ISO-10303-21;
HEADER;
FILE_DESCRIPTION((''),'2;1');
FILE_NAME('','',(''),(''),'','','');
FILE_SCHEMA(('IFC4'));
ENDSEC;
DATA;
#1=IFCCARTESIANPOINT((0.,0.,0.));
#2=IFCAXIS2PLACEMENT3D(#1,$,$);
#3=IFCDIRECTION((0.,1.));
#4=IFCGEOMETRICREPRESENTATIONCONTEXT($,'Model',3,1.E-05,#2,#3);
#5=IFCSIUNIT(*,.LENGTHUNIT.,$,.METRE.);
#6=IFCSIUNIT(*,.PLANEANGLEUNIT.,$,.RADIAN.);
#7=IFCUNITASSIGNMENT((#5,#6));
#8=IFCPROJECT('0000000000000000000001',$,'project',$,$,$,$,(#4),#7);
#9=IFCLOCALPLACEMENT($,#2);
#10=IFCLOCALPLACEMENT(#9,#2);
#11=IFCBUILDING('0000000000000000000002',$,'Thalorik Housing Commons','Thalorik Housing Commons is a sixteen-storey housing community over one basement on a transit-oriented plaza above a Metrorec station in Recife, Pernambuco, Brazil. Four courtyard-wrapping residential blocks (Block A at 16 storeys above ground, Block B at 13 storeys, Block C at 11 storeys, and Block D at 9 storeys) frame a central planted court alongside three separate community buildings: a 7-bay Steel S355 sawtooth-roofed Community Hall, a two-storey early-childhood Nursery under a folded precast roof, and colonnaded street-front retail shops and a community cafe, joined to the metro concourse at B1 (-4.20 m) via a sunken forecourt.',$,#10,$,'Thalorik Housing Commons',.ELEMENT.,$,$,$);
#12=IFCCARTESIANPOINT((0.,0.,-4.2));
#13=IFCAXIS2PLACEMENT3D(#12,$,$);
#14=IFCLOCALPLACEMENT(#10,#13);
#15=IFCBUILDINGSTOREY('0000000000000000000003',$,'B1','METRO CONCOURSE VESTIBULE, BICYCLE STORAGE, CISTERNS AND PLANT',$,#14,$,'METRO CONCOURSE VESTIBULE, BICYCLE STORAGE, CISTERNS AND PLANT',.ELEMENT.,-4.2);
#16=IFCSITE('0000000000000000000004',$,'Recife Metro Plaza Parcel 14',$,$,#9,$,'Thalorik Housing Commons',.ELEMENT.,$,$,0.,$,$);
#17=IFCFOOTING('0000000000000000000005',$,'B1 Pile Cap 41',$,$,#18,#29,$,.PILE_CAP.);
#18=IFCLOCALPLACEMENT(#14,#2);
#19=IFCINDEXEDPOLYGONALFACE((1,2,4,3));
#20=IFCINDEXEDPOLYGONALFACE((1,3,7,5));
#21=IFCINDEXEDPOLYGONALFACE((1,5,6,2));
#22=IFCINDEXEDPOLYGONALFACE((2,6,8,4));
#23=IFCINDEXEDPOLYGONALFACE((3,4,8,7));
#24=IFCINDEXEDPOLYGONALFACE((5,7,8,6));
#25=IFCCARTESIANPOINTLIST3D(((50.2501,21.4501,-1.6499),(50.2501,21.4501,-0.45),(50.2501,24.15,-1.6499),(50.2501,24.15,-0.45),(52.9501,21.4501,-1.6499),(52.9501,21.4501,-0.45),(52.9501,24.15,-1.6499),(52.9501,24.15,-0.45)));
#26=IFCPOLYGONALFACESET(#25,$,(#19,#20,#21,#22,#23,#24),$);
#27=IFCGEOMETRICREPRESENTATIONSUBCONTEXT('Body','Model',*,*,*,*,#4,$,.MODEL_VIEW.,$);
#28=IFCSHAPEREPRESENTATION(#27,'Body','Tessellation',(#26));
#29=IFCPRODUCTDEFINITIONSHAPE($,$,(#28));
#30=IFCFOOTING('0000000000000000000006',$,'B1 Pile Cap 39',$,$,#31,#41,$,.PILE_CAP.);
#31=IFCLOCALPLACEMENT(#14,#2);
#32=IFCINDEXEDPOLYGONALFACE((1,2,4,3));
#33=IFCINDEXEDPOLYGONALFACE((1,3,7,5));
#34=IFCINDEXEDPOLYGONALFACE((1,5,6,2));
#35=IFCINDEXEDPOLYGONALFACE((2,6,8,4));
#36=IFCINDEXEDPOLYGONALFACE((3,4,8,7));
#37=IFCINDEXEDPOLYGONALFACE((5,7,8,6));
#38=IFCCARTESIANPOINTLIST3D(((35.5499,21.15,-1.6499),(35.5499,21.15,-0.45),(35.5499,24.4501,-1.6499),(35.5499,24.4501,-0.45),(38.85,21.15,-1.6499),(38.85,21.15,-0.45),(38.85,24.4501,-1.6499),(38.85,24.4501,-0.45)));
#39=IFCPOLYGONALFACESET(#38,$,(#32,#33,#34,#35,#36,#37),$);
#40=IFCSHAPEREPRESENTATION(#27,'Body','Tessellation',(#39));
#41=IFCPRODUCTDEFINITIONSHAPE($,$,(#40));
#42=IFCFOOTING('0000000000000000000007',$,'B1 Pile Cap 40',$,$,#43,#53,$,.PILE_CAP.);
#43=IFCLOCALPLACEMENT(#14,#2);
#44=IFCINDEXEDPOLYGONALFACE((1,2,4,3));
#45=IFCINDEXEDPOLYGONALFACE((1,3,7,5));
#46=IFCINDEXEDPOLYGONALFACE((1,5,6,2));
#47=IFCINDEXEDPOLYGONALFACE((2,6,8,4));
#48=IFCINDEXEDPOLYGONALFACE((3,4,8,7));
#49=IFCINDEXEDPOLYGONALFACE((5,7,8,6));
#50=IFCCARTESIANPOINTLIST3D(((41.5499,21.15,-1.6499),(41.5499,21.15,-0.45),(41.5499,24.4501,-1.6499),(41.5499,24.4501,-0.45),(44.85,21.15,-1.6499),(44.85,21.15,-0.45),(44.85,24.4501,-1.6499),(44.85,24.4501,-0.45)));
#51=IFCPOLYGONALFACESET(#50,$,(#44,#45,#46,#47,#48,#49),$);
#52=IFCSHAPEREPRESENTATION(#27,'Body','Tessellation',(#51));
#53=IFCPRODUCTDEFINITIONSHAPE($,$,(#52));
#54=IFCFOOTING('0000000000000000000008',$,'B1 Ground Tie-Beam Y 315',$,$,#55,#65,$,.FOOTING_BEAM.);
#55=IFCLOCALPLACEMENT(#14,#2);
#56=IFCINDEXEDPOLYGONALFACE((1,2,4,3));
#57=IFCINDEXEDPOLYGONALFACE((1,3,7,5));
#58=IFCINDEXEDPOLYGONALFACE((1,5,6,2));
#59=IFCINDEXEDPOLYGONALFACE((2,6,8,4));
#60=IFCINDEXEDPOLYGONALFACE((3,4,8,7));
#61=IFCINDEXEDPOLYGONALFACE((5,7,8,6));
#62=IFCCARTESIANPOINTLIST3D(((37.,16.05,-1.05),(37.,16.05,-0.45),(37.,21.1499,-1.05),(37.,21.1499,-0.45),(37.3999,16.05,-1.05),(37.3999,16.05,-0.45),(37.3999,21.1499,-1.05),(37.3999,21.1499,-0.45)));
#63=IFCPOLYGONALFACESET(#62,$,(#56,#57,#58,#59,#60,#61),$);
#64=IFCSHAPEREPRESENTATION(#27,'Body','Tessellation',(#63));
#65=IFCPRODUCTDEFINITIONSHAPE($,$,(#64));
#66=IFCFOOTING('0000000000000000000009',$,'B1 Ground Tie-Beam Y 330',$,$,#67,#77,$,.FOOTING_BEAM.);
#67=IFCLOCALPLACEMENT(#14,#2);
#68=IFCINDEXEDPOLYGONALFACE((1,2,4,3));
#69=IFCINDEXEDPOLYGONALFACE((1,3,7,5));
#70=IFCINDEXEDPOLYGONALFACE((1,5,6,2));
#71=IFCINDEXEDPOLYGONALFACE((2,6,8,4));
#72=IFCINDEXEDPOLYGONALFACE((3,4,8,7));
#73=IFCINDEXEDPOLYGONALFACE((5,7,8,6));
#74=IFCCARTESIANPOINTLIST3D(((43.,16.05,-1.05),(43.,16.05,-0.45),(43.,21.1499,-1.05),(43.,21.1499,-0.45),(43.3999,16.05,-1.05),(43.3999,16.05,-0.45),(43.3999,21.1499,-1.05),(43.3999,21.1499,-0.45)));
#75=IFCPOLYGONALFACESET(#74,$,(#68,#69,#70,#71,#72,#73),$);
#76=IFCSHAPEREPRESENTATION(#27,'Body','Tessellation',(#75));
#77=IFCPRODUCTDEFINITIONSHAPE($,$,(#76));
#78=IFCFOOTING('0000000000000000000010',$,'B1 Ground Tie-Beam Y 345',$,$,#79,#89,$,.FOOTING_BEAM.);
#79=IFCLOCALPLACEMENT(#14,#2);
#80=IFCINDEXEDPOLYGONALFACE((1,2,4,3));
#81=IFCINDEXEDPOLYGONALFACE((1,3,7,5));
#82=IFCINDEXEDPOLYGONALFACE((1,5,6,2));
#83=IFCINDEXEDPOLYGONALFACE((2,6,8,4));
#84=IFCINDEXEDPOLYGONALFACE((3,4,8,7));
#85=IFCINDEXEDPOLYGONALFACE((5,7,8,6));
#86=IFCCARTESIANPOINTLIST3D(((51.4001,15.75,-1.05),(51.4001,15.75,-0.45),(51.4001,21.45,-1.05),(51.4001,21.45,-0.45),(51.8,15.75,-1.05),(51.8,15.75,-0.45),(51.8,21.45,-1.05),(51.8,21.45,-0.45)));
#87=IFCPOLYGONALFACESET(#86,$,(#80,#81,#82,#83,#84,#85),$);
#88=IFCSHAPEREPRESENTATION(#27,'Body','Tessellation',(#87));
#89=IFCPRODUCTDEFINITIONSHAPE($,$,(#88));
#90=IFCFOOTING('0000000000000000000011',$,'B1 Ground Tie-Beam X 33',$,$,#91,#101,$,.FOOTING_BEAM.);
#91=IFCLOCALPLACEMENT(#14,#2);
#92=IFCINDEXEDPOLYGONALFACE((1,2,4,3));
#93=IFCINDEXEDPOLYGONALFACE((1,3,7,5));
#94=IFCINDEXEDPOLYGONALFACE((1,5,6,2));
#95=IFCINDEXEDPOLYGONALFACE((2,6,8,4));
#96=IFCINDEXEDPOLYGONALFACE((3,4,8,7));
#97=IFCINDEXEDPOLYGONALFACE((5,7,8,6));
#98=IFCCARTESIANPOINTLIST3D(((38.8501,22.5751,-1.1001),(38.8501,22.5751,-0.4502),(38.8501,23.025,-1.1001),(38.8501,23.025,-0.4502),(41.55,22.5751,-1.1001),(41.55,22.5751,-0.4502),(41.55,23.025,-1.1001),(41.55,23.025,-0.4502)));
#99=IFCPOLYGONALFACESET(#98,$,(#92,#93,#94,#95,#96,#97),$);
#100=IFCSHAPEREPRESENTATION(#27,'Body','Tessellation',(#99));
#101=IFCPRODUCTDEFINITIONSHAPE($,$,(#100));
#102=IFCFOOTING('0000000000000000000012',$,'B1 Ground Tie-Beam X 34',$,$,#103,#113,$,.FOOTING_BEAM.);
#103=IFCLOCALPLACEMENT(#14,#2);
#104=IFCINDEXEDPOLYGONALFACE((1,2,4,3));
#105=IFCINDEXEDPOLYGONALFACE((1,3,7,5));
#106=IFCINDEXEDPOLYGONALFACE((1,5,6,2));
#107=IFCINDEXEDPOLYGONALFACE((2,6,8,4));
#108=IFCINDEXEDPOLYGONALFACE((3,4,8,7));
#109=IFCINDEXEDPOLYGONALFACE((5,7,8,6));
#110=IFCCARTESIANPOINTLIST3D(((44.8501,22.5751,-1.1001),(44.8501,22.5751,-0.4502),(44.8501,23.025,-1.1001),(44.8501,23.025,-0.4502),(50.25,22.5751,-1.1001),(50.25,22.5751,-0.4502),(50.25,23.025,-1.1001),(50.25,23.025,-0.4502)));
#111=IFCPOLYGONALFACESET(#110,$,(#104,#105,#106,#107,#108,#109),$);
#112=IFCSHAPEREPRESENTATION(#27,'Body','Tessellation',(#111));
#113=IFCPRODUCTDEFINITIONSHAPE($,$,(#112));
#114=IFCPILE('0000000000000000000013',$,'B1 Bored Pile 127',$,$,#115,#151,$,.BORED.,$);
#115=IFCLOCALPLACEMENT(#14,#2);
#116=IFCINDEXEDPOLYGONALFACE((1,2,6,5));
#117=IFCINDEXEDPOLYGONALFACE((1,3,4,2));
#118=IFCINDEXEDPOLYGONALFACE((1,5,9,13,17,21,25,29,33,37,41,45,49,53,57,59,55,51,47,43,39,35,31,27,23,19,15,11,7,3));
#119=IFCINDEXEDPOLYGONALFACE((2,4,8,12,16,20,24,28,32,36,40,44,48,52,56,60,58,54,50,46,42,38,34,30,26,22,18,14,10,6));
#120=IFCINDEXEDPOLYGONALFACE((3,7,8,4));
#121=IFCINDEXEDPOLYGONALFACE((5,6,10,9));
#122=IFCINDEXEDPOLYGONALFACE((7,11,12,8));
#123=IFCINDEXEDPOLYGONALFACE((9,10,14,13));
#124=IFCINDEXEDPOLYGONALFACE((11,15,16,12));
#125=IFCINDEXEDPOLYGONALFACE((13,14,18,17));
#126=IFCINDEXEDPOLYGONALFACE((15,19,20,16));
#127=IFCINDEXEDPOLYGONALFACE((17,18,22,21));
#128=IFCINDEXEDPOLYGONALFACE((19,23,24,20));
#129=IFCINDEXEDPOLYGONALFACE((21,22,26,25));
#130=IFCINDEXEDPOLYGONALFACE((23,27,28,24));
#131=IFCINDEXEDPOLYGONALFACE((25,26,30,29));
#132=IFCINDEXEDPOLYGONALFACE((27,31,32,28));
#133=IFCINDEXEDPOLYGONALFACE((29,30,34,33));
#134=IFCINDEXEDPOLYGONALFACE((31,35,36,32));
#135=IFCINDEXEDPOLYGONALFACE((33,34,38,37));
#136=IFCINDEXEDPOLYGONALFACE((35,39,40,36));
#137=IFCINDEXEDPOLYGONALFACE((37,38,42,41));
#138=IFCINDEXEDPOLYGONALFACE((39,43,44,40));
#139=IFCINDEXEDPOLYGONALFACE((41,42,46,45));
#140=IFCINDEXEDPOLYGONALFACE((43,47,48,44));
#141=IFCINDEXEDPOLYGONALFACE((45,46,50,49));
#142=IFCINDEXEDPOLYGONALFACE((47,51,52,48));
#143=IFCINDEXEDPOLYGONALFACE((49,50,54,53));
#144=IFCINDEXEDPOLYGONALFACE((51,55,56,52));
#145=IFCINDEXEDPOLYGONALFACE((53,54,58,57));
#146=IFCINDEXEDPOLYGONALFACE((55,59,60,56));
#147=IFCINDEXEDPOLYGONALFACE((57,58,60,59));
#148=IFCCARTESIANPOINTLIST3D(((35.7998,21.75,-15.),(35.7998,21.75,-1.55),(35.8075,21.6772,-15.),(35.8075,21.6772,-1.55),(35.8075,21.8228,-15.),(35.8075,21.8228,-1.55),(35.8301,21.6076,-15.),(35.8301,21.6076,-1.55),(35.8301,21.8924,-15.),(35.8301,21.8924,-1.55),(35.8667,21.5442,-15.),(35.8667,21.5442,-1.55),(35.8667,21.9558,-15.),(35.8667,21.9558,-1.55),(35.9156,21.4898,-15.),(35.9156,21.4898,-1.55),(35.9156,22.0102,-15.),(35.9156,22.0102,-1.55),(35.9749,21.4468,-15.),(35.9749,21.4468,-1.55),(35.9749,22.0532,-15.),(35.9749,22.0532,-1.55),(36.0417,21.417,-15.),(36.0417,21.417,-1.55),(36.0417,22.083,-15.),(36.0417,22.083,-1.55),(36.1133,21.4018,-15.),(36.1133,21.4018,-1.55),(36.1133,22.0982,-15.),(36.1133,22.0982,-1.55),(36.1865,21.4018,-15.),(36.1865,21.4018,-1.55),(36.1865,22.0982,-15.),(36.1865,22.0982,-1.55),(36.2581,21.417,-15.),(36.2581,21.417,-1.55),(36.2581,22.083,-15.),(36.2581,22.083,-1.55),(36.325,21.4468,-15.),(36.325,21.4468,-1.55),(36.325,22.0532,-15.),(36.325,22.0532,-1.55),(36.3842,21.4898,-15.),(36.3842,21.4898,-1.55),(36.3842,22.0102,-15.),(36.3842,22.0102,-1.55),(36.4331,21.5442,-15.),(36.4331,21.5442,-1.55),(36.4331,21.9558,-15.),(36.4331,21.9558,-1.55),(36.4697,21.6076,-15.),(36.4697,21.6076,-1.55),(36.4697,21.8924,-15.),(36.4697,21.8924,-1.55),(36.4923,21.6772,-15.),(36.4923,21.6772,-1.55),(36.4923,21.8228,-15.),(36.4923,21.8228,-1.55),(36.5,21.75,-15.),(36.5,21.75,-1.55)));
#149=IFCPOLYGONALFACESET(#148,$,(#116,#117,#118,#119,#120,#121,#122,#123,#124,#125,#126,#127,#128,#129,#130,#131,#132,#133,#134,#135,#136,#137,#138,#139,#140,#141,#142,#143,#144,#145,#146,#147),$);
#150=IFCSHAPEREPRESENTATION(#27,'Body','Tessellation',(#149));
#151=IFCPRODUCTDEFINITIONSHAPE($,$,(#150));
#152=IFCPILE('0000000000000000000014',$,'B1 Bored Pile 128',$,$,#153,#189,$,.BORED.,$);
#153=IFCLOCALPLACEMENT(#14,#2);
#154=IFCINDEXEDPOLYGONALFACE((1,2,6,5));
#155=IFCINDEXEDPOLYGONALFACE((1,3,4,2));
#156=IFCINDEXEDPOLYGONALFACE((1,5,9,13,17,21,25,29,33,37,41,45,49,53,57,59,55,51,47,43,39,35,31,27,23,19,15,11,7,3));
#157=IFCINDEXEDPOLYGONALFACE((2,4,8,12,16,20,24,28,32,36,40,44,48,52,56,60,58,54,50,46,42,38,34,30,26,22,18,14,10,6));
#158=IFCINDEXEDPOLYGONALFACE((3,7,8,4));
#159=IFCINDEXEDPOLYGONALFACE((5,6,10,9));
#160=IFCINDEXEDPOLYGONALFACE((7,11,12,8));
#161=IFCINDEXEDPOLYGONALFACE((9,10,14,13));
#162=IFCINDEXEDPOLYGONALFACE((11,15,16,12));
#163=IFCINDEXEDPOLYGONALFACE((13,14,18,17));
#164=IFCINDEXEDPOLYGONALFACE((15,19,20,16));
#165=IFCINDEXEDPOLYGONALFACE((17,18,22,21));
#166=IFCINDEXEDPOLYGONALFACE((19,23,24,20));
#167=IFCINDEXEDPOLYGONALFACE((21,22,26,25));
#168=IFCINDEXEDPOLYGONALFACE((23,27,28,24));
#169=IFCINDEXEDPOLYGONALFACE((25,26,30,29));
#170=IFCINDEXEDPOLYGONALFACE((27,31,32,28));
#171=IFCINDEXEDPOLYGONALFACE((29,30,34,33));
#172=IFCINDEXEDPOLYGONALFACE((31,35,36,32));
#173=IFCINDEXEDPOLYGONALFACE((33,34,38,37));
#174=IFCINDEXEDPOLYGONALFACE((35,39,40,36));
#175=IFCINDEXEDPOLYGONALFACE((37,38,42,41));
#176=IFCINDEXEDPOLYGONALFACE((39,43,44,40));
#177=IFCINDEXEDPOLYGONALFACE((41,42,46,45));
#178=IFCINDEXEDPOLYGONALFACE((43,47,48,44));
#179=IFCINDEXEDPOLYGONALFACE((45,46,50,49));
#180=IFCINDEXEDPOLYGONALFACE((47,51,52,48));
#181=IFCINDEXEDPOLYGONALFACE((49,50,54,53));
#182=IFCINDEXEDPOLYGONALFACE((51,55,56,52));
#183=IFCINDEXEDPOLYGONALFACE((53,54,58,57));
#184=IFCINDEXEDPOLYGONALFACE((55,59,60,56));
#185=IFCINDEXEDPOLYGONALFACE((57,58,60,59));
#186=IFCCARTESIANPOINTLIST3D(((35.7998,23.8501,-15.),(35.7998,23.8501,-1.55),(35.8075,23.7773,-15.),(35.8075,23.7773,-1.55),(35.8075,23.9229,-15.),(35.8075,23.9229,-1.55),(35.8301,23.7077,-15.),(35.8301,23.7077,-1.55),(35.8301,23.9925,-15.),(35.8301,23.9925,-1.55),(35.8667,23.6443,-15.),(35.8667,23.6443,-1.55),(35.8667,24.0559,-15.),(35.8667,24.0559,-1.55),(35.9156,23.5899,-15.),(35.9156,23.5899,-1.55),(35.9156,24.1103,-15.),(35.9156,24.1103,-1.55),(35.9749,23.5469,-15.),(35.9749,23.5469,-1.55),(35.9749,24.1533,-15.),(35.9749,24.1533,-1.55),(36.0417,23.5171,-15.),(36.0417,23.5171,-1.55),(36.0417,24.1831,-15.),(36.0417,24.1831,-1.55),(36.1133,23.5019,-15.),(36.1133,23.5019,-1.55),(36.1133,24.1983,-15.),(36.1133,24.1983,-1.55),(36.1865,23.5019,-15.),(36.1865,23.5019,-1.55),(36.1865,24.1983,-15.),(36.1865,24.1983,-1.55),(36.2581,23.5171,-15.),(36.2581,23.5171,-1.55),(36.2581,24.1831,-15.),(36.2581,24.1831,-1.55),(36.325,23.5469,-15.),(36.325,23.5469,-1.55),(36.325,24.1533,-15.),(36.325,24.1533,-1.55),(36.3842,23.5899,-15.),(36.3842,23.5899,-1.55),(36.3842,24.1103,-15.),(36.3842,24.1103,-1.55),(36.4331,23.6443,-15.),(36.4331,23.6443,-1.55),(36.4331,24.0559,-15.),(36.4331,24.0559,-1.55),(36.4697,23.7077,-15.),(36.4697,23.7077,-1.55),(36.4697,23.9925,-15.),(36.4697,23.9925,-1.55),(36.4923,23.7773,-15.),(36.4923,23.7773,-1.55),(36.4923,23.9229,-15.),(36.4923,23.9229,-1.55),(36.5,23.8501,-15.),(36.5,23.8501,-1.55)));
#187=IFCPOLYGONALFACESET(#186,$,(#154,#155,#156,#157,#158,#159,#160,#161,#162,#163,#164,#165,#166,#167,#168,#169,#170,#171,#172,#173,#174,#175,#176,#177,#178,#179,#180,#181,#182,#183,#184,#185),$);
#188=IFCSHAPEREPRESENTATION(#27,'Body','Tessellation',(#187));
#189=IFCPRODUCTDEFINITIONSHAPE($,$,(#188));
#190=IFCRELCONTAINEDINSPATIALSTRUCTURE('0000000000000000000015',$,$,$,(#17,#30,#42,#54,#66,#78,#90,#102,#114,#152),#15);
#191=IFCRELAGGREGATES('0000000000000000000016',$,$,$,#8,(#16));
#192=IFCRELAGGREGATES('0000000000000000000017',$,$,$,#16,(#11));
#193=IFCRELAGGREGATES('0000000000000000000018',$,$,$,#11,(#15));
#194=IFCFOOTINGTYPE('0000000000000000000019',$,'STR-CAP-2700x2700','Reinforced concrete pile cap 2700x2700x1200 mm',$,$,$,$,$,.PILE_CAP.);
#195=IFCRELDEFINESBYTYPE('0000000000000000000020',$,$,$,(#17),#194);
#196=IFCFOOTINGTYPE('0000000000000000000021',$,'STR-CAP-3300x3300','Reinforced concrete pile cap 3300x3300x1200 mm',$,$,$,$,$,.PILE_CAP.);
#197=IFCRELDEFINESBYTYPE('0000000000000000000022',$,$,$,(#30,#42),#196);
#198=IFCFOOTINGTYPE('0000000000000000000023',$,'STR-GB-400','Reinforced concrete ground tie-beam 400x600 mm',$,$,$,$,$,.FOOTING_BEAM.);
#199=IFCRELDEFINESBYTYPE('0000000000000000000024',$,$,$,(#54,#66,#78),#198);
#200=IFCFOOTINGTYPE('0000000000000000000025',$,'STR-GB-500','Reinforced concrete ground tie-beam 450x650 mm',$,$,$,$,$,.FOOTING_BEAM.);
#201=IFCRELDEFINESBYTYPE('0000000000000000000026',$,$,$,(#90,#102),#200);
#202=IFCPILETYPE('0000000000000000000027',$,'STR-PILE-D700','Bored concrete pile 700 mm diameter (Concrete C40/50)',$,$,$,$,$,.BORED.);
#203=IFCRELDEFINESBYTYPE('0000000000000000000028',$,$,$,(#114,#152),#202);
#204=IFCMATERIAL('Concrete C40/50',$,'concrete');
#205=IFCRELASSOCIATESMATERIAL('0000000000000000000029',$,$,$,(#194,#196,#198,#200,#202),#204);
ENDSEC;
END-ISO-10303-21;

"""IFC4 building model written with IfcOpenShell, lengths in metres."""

from ifc_helpers import new_model, si_unit, direction, frame, origin, origin_2d, place, context, subcontext, project, spatial, rectangle, circle, extrude, material, material_profile, profile_set, type_object, element, save


model = new_model("IFC4")

# Units and contexts
model_context = context("Model", 3, precision=1e-05, world=origin(), true_north=direction((0.0, 1.0)))
body_context = subcontext(model_context, "Body", "Model", "MODEL_VIEW")
ifc_project = project(units=[si_unit("LENGTHUNIT", "METRE"), si_unit("PLANEANGLEUNIT", "RADIAN")], contexts=[model_context])

# Site, building, storey
site_placement = place(None, origin())
site = spatial("IfcSite", under=ifc_project, at=site_placement, Name="Recife Metro Plaza Parcel 14", LongName="Thalorik Housing Commons", CompositionType="ELEMENT", RefElevation=0.0)
building_placement = place(site_placement, origin())
building = spatial("IfcBuilding", under=site, at=building_placement, Name="Thalorik Housing Commons", Description="Thalorik Housing Commons is a sixteen-storey housing community over one basement on a transit-oriented plaza above a Metrorec station in Recife, Pernambuco, Brazil. Four courtyard-wrapping residential blocks (Block A at 16 storeys above ground, Block B at 13 storeys, Block C at 11 storeys, and Block D at 9 storeys) frame a central planted court alongside three separate community buildings: a 7-bay Steel S355 sawtooth-roofed Community Hall, a two-storey early-childhood Nursery under a folded precast roof, and colonnaded street-front retail shops and a community cafe, joined to the metro concourse at B1 (-4.20 m) via a sunken forecourt.", LongName="Thalorik Housing Commons", CompositionType="ELEMENT")
storey_placement = place(building_placement, frame((0.0, 0.0, -4.2)))
storey = spatial("IfcBuildingStorey", under=building, at=storey_placement, Name="B1", Description="METRO CONCOURSE VESTIBULE, BICYCLE STORAGE, CISTERNS AND PLANT", LongName="METRO CONCOURSE VESTIBULE, BICYCLE STORAGE, CISTERNS AND PLANT", CompositionType="ELEMENT", Elevation=-4.2)

# Footings
ifc_material_1 = material(Name="Concrete C40/50", Category="concrete")
footing_type_1 = type_object("IfcFootingType", Name="STR-CAP-2700x2700", Description="Reinforced concrete pile cap 2700x2700x1200 mm", PredefinedType="PILE_CAP", material=ifc_material_1)
footing_1_placement = place(storey_placement, frame((51.6001, 22.8, -1.6499), z_axis=(0.0, 0.0, 1.0), x_axis=(1.0, 0.0, 0.0)))
element("IfcFooting", 1, at=footing_1_placement, inside=storey, type_object=footing_type_1, Name="B1 Pile Cap 41", PredefinedType="PILE_CAP", context=body_context, shape_type="SweptSolid", body=[
    extrude(rectangle(XDim=2.7, YDim=2.7, at=origin_2d()), origin(), (0.0, 0.0, 1.0), 1.2),
])
footing_type_2 = type_object("IfcFootingType", Name="STR-CAP-3300x3300", Description="Reinforced concrete pile cap 3300x3300x1200 mm", PredefinedType="PILE_CAP", material=ifc_material_1)
for number, where, z_axis, x_axis, name in (
    (2, (37.2, 22.8, -1.6499), (0.0, 0.0, 1.0), (1.0, 0.0, 0.0), "B1 Pile Cap 39"),
    (3, (43.2, 22.8, -1.6499), (0.0, 0.0, 1.0), (1.0, 0.0, 0.0), "B1 Pile Cap 40"),
):
    element("IfcFooting", number, at=place(storey_placement, frame(where, z_axis=z_axis, x_axis=x_axis)), inside=storey, type_object=footing_type_2, Name=name, PredefinedType="PILE_CAP", context=body_context, shape_type="SweptSolid", body=[
        extrude(rectangle(XDim=3.3, YDim=3.3, at=origin_2d()), origin(), (0.0, 0.0, 1.0), 1.2),
    ])
ifc_material_profile_1 = material_profile(ifc_material_1, rectangle(XDim=0.3999, YDim=0.6001, at=origin_2d()), Name="RC 400x600", Category="concrete")
ifc_profile_set_1 = profile_set([ifc_material_profile_1], Name="Concrete C40/50")
footing_type_3 = type_object("IfcFootingType", Name="STR-GB-400", Description="Reinforced concrete ground tie-beam 400x600 mm", PredefinedType="FOOTING_BEAM", material=ifc_profile_set_1)
for number, where, z_axis, x_axis, name in (
    (4, (37.2, 16.05, -0.75), (0.0, 1.0, 0.0), (-1.0, 0.0, 0.0), "B1 Ground Tie-Beam Y 315"),
    (5, (43.2, 16.05, -0.75), (0.0, 1.0, 0.0), (-1.0, 0.0, 0.0), "B1 Ground Tie-Beam Y 330"),
):
    element("IfcFooting", number, at=place(storey_placement, frame(where, z_axis=z_axis, x_axis=x_axis)), inside=storey, type_object=footing_type_3, Name=name, PredefinedType="FOOTING_BEAM", context=body_context, shape_type="SweptSolid", body=[
        extrude(rectangle(XDim=0.3999, YDim=0.6001, at=origin_2d()), origin(), (0.0, 0.0, 1.0), 5.0999),
    ])
footing_2_placement = place(storey_placement, frame((51.6001, 15.75, -0.75), z_axis=(0.0, 1.0, 0.0), x_axis=(-1.0, 0.0, 0.0)))
element("IfcFooting", 6, at=footing_2_placement, inside=storey, type_object=footing_type_3, Name="B1 Ground Tie-Beam Y 345", PredefinedType="FOOTING_BEAM", context=body_context, shape_type="SweptSolid", body=[
    extrude(rectangle(XDim=0.3999, YDim=0.6001, at=origin_2d()), origin(), (0.0, 0.0, 1.0), 5.7),
])
ifc_material_profile_2 = material_profile(ifc_material_1, rectangle(XDim=0.45, YDim=0.6499, at=origin_2d()), Name="RC 450x650", Category="concrete")
ifc_profile_set_2 = profile_set([ifc_material_profile_2], Name="Concrete C40/50")
footing_type_4 = type_object("IfcFootingType", Name="STR-GB-500", Description="Reinforced concrete ground tie-beam 450x650 mm", PredefinedType="FOOTING_BEAM", material=ifc_profile_set_2)
footing_3_placement = place(storey_placement, frame((38.8501, 22.8, -0.7751), z_axis=(1.0, 0.0, 0.0), x_axis=(0.0, 1.0, 0.0)))
element("IfcFooting", 7, at=footing_3_placement, inside=storey, type_object=footing_type_4, Name="B1 Ground Tie-Beam X 33", PredefinedType="FOOTING_BEAM", context=body_context, shape_type="SweptSolid", body=[
    extrude(rectangle(XDim=0.45, YDim=0.6499, at=origin_2d()), origin(), (0.0, 0.0, 1.0), 2.7),
])
footing_4_placement = place(storey_placement, frame((44.8501, 22.8, -0.7751), z_axis=(1.0, 0.0, 0.0), x_axis=(0.0, 1.0, 0.0)))
element("IfcFooting", 8, at=footing_4_placement, inside=storey, type_object=footing_type_4, Name="B1 Ground Tie-Beam X 34", PredefinedType="FOOTING_BEAM", context=body_context, shape_type="SweptSolid", body=[
    extrude(rectangle(XDim=0.45, YDim=0.6499, at=origin_2d()), origin(), (0.0, 0.0, 1.0), 5.3999),
])

# Piles
ifc_material_profile_3 = material_profile(ifc_material_1, circle(Radius=0.3501, at=origin_2d()), Name="BORED PILE D700", Category="concrete")
ifc_profile_set_3 = profile_set([ifc_material_profile_3], Name="Concrete C40/50")
pile_type = type_object("IfcPileType", Name="STR-PILE-D700", Description="Bored concrete pile 700 mm diameter (Concrete C40/50)", PredefinedType="BORED", material=ifc_profile_set_3)
for number, where, z_axis, x_axis, name in (
    (9, (36.1499, 21.75, -1.55), (0.0, 0.0, -1.0), (1.0, 0.0, 0.0), "B1 Bored Pile 127"),
    (10, (36.1499, 23.8501, -1.55), (0.0, 0.0, -1.0), (1.0, 0.0, 0.0), "B1 Bored Pile 128"),
):
    element("IfcPile", number, at=place(storey_placement, frame(where, z_axis=z_axis, x_axis=x_axis)), inside=storey, type_object=pile_type, Name=name, PredefinedType="BORED", context=body_context, shape_type="SweptSolid", body=[
        extrude(circle(Radius=0.3501, at=origin_2d()), origin(), (0.0, 0.0, 1.0), 13.45),
    ])

save(model, "model.ifc")
